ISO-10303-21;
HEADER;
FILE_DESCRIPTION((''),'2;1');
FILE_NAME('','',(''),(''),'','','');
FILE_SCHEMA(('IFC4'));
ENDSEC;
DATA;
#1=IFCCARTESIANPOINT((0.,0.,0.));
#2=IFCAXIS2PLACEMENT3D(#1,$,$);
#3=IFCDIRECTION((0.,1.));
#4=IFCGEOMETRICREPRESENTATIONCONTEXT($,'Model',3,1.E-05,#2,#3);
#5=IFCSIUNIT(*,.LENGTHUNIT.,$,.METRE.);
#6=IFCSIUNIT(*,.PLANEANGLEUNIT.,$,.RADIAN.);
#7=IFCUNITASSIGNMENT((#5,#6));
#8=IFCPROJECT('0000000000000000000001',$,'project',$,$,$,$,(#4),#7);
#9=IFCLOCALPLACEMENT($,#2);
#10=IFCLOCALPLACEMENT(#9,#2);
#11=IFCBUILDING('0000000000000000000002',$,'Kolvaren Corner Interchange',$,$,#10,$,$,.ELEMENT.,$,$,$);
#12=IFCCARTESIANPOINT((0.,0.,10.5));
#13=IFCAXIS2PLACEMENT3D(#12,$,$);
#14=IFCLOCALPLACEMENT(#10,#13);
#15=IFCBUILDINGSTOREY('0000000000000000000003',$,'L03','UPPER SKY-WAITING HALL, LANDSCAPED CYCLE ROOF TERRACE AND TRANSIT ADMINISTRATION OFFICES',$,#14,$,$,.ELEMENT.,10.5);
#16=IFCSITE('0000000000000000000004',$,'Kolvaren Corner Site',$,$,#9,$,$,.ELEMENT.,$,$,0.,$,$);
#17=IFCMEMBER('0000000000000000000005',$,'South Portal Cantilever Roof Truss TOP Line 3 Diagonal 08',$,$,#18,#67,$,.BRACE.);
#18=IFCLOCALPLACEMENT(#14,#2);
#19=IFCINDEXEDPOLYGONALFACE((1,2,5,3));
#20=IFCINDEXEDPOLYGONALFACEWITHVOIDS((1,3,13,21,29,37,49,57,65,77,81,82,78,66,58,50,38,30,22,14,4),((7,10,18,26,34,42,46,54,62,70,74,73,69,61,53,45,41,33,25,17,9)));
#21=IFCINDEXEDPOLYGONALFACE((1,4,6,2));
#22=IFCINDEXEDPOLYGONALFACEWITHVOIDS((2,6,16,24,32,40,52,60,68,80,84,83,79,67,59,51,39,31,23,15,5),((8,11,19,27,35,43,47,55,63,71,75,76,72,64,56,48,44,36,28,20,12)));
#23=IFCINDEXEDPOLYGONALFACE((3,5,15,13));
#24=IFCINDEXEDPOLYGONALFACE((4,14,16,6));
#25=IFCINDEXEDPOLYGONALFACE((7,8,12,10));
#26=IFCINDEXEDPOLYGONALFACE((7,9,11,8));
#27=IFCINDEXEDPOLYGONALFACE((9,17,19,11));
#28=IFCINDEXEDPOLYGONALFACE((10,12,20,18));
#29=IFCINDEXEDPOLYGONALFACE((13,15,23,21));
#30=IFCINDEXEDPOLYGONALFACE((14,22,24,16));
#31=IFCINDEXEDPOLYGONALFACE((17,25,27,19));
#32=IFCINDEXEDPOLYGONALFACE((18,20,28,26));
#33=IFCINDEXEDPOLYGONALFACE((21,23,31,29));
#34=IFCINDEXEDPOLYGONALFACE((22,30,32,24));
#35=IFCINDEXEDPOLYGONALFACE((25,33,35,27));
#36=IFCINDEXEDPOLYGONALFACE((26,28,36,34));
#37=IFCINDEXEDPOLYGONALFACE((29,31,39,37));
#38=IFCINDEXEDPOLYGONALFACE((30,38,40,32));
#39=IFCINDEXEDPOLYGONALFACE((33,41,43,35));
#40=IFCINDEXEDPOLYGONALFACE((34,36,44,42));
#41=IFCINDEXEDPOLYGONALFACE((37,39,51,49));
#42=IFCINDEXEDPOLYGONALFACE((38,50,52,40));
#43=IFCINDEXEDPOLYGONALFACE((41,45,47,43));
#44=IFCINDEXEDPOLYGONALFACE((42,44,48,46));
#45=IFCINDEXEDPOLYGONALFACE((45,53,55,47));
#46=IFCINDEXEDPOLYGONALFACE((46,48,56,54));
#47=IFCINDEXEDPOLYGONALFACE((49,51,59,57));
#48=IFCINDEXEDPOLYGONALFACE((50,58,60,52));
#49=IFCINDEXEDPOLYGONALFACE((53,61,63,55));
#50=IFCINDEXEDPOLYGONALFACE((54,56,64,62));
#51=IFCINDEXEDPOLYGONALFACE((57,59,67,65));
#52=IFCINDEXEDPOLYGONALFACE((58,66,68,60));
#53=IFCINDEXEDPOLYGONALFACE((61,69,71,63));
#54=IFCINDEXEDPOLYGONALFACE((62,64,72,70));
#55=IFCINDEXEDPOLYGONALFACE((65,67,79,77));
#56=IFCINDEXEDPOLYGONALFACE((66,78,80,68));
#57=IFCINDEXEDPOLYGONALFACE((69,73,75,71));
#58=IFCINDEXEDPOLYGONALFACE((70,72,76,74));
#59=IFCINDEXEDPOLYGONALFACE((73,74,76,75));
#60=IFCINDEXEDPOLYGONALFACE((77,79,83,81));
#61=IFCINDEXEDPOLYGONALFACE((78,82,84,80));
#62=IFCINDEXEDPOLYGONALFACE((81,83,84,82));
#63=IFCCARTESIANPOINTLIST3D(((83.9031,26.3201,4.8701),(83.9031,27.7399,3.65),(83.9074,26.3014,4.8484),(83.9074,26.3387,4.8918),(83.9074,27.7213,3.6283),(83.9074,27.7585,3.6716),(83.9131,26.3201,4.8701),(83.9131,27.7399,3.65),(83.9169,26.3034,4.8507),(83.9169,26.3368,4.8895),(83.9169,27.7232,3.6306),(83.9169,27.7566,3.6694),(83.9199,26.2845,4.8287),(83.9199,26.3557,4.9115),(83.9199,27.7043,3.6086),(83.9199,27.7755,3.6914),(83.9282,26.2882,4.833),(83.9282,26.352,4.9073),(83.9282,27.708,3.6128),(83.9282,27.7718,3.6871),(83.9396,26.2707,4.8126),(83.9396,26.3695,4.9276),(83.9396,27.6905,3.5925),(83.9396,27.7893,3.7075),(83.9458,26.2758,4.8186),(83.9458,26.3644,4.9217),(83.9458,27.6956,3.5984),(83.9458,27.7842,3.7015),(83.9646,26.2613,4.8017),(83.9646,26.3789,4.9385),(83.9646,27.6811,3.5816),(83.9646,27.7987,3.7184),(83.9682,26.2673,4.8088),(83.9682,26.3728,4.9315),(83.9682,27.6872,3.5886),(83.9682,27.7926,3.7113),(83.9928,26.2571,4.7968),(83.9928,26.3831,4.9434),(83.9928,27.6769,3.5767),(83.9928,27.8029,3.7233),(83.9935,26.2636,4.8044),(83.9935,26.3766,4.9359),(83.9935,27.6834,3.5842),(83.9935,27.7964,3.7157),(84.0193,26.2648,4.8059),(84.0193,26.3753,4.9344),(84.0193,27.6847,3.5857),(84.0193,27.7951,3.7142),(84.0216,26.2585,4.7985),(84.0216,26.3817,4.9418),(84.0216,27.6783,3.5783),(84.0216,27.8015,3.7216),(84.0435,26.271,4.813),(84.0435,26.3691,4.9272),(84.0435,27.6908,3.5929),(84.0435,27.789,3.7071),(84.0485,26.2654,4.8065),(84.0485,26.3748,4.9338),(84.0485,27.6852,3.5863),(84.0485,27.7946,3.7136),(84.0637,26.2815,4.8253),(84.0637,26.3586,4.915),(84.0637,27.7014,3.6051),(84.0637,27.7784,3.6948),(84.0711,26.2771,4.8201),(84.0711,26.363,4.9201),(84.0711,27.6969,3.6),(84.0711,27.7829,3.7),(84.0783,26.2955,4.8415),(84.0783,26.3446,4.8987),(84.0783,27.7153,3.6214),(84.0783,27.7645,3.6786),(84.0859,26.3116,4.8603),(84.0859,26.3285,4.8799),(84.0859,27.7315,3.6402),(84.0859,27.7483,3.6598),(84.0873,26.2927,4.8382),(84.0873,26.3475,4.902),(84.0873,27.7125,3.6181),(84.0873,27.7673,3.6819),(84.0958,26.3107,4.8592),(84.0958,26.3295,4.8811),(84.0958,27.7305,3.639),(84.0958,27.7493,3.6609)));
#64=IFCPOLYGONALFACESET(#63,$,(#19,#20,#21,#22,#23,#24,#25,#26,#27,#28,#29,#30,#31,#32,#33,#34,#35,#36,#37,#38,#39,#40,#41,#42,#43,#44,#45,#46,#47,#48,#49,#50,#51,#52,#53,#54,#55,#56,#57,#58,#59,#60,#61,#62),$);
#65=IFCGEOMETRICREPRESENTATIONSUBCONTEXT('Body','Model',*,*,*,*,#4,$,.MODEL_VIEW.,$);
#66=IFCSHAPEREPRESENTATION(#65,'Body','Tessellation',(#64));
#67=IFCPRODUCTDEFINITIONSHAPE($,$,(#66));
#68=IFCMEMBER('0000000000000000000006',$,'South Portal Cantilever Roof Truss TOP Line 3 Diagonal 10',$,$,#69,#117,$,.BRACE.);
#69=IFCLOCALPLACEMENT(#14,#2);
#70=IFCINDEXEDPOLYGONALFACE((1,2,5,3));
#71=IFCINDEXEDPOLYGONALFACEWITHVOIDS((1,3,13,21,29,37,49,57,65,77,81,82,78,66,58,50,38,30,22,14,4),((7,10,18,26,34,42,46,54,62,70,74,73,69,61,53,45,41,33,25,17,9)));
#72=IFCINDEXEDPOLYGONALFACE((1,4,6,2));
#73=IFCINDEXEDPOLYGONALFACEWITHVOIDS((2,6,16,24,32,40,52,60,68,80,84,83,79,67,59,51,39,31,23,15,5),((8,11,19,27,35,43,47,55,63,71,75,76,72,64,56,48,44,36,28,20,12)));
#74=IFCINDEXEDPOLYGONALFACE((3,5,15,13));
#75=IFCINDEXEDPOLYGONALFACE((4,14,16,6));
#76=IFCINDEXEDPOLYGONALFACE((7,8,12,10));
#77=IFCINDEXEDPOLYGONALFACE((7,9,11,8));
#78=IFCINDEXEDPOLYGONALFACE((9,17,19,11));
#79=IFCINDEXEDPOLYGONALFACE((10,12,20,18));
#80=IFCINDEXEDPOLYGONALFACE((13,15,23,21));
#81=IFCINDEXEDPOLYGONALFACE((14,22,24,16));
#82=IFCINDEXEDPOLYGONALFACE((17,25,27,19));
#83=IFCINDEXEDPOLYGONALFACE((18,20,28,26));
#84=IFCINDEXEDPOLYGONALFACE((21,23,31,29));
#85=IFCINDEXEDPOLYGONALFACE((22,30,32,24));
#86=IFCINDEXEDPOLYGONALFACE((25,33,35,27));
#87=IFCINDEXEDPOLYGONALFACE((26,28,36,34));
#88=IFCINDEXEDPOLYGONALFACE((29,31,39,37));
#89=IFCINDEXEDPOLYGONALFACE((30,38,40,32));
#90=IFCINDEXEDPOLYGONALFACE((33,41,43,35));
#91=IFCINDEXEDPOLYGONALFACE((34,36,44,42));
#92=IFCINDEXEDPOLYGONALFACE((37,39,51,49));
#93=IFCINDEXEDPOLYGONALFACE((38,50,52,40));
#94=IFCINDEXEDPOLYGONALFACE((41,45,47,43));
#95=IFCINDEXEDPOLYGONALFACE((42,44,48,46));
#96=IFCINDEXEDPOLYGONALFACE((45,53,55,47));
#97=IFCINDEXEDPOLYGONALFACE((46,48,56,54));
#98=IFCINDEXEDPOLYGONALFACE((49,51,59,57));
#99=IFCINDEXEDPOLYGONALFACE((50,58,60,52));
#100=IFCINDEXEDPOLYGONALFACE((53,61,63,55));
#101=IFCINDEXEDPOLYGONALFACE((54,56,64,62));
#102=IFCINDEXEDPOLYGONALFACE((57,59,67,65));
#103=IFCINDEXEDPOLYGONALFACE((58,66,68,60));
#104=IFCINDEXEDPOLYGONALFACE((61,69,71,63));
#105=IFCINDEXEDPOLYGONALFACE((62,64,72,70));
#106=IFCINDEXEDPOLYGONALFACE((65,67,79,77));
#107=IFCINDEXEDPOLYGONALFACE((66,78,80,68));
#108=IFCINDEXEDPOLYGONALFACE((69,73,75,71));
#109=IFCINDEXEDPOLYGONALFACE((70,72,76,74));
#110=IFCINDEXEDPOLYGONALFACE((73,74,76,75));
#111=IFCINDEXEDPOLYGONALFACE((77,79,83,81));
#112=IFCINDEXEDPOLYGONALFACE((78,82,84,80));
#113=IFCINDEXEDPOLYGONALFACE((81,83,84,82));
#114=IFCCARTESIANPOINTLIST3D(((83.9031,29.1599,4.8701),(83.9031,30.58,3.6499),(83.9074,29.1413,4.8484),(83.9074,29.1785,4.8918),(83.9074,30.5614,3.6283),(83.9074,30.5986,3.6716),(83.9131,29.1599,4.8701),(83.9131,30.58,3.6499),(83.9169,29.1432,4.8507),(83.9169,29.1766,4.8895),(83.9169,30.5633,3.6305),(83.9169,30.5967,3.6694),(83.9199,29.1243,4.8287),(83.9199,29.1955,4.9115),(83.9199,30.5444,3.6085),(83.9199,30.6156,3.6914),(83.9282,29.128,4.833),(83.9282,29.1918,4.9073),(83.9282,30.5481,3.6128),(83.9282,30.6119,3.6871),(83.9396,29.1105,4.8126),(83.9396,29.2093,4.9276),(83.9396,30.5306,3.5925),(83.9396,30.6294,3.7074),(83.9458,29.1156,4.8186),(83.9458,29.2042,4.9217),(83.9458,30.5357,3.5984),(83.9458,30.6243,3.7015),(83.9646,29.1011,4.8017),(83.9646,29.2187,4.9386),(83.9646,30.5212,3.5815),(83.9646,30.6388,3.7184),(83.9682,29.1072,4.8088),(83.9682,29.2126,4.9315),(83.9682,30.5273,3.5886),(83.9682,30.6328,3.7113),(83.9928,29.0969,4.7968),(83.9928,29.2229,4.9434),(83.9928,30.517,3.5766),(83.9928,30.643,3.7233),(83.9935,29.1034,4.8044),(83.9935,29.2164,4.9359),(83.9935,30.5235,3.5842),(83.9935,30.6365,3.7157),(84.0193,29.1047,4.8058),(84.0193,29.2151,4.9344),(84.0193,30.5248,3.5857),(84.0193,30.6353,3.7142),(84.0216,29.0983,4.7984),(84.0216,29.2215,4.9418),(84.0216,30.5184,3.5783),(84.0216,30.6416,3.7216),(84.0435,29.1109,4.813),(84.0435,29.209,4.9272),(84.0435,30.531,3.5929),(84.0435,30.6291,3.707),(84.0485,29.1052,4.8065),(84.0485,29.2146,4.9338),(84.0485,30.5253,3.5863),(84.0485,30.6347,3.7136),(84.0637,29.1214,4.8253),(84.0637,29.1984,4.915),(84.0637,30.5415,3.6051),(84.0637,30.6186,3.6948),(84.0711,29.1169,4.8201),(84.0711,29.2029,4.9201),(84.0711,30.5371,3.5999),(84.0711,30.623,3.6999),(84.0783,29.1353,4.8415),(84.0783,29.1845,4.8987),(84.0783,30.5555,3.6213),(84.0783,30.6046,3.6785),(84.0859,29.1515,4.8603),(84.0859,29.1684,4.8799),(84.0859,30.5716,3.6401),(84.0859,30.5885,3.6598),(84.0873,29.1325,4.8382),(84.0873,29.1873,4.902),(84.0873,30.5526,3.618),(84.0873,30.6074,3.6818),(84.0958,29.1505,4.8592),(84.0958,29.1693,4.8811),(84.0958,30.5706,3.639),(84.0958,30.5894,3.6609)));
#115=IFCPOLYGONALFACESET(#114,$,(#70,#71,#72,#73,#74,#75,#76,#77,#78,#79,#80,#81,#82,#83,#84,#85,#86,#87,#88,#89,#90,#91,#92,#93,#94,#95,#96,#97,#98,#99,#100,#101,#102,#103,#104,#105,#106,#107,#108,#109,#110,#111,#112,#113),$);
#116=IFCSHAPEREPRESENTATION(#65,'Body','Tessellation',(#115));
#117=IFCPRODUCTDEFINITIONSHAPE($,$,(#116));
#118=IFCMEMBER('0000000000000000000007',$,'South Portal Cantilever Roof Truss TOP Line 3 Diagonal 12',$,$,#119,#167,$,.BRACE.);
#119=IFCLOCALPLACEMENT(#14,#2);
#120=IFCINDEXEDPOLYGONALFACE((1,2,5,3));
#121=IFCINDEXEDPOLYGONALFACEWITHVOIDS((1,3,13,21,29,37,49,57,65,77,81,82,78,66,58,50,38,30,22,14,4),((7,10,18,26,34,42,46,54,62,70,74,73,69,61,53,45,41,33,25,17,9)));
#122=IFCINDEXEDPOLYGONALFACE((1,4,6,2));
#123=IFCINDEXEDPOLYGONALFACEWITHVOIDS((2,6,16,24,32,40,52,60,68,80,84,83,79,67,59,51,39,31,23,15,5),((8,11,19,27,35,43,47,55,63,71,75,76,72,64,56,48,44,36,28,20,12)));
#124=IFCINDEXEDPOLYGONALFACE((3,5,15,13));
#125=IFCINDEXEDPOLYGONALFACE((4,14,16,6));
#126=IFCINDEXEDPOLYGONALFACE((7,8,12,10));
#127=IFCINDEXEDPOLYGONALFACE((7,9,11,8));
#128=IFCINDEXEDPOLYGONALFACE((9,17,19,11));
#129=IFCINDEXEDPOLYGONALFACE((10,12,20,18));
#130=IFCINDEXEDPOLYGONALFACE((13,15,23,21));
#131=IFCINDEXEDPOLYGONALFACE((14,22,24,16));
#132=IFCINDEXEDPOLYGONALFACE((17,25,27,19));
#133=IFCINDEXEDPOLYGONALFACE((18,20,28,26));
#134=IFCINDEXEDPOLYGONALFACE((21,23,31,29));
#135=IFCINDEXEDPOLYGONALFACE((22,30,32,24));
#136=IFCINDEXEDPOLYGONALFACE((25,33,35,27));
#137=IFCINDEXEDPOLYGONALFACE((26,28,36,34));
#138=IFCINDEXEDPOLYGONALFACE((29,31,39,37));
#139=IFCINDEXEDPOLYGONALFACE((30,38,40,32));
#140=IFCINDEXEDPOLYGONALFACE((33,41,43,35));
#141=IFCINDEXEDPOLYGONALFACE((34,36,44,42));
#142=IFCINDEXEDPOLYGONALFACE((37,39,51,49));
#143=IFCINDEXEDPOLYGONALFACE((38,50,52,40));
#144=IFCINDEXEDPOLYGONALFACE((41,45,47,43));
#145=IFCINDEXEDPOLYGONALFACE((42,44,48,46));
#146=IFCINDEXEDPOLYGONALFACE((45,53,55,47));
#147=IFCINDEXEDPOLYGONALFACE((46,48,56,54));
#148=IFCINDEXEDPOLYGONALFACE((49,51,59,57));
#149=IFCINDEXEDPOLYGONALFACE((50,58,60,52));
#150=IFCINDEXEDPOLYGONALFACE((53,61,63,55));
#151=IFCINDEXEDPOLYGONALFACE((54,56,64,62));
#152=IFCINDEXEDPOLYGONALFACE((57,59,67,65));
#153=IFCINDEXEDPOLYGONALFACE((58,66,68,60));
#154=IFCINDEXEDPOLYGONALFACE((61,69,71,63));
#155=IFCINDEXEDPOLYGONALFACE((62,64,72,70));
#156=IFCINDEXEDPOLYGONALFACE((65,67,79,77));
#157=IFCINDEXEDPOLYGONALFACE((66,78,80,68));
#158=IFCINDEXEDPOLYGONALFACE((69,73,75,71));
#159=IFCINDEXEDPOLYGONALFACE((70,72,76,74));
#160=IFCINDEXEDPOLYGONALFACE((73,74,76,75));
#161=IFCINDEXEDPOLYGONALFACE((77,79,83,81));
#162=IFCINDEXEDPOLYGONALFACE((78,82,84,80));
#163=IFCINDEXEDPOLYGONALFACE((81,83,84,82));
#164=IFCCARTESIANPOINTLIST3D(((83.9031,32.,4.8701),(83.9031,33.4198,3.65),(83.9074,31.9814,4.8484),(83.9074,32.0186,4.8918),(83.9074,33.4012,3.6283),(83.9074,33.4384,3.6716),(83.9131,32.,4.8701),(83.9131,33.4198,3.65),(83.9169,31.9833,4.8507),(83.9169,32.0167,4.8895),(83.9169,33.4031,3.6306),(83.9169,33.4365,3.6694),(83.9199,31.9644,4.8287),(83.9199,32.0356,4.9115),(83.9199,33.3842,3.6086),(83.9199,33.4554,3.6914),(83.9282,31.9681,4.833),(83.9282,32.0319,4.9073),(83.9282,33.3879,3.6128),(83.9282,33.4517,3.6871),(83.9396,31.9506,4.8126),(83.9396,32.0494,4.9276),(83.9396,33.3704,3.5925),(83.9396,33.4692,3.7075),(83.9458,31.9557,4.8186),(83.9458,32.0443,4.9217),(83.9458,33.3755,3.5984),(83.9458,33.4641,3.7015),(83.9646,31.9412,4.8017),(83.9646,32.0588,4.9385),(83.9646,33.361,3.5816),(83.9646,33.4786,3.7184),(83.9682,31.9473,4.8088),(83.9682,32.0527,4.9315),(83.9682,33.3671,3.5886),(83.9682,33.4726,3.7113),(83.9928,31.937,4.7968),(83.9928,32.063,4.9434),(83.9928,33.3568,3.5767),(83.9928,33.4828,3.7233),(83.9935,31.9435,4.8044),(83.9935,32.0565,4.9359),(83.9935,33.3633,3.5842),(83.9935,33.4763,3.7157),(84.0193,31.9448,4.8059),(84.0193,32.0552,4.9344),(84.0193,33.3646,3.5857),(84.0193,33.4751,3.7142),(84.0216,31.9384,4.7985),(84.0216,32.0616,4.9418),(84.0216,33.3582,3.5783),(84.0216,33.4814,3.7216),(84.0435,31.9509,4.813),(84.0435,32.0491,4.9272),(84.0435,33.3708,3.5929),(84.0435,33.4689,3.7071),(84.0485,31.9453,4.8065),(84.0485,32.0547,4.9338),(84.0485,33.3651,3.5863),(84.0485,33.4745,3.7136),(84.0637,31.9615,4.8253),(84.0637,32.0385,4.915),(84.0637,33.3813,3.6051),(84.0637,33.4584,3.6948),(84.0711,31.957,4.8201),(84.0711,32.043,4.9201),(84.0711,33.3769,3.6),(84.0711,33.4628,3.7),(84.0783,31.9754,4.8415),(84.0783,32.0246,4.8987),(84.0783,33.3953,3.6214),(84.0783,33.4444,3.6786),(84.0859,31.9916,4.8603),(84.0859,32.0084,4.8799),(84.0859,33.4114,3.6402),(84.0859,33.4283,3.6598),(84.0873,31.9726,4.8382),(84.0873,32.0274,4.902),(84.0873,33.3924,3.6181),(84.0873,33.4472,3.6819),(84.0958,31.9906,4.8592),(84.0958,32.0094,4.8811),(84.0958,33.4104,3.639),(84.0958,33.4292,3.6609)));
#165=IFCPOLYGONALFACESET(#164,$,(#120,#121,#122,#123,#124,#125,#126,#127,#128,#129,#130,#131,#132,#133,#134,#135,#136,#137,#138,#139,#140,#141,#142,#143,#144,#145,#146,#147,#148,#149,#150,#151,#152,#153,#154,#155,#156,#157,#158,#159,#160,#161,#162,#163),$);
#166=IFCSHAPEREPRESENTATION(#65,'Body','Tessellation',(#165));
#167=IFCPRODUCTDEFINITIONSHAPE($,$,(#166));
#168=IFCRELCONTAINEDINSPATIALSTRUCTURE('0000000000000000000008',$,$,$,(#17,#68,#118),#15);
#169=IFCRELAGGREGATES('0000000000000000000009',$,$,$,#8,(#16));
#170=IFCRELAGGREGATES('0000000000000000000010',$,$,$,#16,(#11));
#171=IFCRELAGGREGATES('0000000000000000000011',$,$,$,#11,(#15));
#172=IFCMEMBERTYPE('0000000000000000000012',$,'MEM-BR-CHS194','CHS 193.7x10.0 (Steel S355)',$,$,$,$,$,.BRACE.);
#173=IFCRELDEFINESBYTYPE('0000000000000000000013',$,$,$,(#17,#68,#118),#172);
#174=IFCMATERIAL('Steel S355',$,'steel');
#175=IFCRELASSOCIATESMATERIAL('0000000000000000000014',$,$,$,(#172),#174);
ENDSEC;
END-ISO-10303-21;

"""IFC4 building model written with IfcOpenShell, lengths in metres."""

from ifc_helpers import new_model, si_unit, direction, frame, origin, origin_2d, place, context, subcontext, project, spatial, hollow_circle, extrude, material, material_profile, profile_set, type_object, element, save


model = new_model("IFC4")

# Units and contexts
model_context = context("Model", 3, precision=1e-05, world=origin(), true_north=direction((0.0, 1.0)))
body_context = subcontext(model_context, "Body", "Model", "MODEL_VIEW")
ifc_project = project(units=[si_unit("LENGTHUNIT", "METRE"), si_unit("PLANEANGLEUNIT", "RADIAN")], contexts=[model_context])

# Site, building, storey
site_placement = place(None, origin())
site = spatial("IfcSite", under=ifc_project, at=site_placement, Name="Kolvaren Corner Site", CompositionType="ELEMENT", RefElevation=0.0)
building_placement = place(site_placement, origin())
building = spatial("IfcBuilding", under=site, at=building_placement, Name="Kolvaren Corner Interchange", CompositionType="ELEMENT")
storey_placement = place(building_placement, frame((0.0, 0.0, 10.5)))
storey = spatial("IfcBuildingStorey", under=building, at=storey_placement, Name="L03", Description="UPPER SKY-WAITING HALL, LANDSCAPED CYCLE ROOF TERRACE AND TRANSIT ADMINISTRATION OFFICES", CompositionType="ELEMENT", Elevation=10.5)

# Members
ifc_material_1 = material(Name="Steel S355", Category="steel")
ifc_material_profile_1 = material_profile(ifc_material_1, hollow_circle(Radius=0.0969, WallThickness=0.01, at=origin_2d()), Name="CHS 193.7x10.0")
ifc_profile_set_1 = profile_set([ifc_material_profile_1], Name="Steel S355")
member_type_1 = type_object("IfcMemberType", Name="MEM-BR-CHS194", Description="CHS 193.7x10.0 (Steel S355)", PredefinedType="BRACE", material=ifc_profile_set_1)
member_1_placement = place(storey_placement, frame((84.0, 26.3201, 4.8701), z_axis=(0.0, 0.758428, -0.651757), x_axis=(-1.0, 0.0, 0.0)))
element("IfcMember", 1, at=member_1_placement, inside=storey, type_object=member_type_1, Name="South Portal Cantilever Roof Truss TOP Line 3 Diagonal 08", PredefinedType="BRACE", context=body_context, shape_type="SweptSolid", body=[
    extrude(hollow_circle(Radius=0.0969, WallThickness=0.01, at=origin_2d()), origin(), (0.0, 0.0, 1.0), 1.8721),
])
member_2_placement = place(storey_placement, frame((84.0, 29.1599, 4.8701), z_axis=(0.0, 0.758483, -0.651693), x_axis=(-1.0, 0.0, 0.0)))
element("IfcMember", 2, at=member_2_placement, inside=storey, type_object=member_type_1, Name="South Portal Cantilever Roof Truss TOP Line 3 Diagonal 10", PredefinedType="BRACE", context=body_context, shape_type="SweptSolid", body=[
    extrude(hollow_circle(Radius=0.0969, WallThickness=0.01, at=origin_2d()), origin(), (0.0, 0.0, 1.0), 1.8723),
])
member_3_placement = place(storey_placement, frame((84.0, 32.0, 4.8701), z_axis=(0.0, 0.758428, -0.651757), x_axis=(-1.0, 0.0, 0.0)))
element("IfcMember", 3, at=member_3_placement, inside=storey, type_object=member_type_1, Name="South Portal Cantilever Roof Truss TOP Line 3 Diagonal 12", PredefinedType="BRACE", context=body_context, shape_type="SweptSolid", body=[
    extrude(hollow_circle(Radius=0.0969, WallThickness=0.01, at=origin_2d()), origin(), (0.0, 0.0, 1.0), 1.8721),
])

save(model, "model.ifc")
